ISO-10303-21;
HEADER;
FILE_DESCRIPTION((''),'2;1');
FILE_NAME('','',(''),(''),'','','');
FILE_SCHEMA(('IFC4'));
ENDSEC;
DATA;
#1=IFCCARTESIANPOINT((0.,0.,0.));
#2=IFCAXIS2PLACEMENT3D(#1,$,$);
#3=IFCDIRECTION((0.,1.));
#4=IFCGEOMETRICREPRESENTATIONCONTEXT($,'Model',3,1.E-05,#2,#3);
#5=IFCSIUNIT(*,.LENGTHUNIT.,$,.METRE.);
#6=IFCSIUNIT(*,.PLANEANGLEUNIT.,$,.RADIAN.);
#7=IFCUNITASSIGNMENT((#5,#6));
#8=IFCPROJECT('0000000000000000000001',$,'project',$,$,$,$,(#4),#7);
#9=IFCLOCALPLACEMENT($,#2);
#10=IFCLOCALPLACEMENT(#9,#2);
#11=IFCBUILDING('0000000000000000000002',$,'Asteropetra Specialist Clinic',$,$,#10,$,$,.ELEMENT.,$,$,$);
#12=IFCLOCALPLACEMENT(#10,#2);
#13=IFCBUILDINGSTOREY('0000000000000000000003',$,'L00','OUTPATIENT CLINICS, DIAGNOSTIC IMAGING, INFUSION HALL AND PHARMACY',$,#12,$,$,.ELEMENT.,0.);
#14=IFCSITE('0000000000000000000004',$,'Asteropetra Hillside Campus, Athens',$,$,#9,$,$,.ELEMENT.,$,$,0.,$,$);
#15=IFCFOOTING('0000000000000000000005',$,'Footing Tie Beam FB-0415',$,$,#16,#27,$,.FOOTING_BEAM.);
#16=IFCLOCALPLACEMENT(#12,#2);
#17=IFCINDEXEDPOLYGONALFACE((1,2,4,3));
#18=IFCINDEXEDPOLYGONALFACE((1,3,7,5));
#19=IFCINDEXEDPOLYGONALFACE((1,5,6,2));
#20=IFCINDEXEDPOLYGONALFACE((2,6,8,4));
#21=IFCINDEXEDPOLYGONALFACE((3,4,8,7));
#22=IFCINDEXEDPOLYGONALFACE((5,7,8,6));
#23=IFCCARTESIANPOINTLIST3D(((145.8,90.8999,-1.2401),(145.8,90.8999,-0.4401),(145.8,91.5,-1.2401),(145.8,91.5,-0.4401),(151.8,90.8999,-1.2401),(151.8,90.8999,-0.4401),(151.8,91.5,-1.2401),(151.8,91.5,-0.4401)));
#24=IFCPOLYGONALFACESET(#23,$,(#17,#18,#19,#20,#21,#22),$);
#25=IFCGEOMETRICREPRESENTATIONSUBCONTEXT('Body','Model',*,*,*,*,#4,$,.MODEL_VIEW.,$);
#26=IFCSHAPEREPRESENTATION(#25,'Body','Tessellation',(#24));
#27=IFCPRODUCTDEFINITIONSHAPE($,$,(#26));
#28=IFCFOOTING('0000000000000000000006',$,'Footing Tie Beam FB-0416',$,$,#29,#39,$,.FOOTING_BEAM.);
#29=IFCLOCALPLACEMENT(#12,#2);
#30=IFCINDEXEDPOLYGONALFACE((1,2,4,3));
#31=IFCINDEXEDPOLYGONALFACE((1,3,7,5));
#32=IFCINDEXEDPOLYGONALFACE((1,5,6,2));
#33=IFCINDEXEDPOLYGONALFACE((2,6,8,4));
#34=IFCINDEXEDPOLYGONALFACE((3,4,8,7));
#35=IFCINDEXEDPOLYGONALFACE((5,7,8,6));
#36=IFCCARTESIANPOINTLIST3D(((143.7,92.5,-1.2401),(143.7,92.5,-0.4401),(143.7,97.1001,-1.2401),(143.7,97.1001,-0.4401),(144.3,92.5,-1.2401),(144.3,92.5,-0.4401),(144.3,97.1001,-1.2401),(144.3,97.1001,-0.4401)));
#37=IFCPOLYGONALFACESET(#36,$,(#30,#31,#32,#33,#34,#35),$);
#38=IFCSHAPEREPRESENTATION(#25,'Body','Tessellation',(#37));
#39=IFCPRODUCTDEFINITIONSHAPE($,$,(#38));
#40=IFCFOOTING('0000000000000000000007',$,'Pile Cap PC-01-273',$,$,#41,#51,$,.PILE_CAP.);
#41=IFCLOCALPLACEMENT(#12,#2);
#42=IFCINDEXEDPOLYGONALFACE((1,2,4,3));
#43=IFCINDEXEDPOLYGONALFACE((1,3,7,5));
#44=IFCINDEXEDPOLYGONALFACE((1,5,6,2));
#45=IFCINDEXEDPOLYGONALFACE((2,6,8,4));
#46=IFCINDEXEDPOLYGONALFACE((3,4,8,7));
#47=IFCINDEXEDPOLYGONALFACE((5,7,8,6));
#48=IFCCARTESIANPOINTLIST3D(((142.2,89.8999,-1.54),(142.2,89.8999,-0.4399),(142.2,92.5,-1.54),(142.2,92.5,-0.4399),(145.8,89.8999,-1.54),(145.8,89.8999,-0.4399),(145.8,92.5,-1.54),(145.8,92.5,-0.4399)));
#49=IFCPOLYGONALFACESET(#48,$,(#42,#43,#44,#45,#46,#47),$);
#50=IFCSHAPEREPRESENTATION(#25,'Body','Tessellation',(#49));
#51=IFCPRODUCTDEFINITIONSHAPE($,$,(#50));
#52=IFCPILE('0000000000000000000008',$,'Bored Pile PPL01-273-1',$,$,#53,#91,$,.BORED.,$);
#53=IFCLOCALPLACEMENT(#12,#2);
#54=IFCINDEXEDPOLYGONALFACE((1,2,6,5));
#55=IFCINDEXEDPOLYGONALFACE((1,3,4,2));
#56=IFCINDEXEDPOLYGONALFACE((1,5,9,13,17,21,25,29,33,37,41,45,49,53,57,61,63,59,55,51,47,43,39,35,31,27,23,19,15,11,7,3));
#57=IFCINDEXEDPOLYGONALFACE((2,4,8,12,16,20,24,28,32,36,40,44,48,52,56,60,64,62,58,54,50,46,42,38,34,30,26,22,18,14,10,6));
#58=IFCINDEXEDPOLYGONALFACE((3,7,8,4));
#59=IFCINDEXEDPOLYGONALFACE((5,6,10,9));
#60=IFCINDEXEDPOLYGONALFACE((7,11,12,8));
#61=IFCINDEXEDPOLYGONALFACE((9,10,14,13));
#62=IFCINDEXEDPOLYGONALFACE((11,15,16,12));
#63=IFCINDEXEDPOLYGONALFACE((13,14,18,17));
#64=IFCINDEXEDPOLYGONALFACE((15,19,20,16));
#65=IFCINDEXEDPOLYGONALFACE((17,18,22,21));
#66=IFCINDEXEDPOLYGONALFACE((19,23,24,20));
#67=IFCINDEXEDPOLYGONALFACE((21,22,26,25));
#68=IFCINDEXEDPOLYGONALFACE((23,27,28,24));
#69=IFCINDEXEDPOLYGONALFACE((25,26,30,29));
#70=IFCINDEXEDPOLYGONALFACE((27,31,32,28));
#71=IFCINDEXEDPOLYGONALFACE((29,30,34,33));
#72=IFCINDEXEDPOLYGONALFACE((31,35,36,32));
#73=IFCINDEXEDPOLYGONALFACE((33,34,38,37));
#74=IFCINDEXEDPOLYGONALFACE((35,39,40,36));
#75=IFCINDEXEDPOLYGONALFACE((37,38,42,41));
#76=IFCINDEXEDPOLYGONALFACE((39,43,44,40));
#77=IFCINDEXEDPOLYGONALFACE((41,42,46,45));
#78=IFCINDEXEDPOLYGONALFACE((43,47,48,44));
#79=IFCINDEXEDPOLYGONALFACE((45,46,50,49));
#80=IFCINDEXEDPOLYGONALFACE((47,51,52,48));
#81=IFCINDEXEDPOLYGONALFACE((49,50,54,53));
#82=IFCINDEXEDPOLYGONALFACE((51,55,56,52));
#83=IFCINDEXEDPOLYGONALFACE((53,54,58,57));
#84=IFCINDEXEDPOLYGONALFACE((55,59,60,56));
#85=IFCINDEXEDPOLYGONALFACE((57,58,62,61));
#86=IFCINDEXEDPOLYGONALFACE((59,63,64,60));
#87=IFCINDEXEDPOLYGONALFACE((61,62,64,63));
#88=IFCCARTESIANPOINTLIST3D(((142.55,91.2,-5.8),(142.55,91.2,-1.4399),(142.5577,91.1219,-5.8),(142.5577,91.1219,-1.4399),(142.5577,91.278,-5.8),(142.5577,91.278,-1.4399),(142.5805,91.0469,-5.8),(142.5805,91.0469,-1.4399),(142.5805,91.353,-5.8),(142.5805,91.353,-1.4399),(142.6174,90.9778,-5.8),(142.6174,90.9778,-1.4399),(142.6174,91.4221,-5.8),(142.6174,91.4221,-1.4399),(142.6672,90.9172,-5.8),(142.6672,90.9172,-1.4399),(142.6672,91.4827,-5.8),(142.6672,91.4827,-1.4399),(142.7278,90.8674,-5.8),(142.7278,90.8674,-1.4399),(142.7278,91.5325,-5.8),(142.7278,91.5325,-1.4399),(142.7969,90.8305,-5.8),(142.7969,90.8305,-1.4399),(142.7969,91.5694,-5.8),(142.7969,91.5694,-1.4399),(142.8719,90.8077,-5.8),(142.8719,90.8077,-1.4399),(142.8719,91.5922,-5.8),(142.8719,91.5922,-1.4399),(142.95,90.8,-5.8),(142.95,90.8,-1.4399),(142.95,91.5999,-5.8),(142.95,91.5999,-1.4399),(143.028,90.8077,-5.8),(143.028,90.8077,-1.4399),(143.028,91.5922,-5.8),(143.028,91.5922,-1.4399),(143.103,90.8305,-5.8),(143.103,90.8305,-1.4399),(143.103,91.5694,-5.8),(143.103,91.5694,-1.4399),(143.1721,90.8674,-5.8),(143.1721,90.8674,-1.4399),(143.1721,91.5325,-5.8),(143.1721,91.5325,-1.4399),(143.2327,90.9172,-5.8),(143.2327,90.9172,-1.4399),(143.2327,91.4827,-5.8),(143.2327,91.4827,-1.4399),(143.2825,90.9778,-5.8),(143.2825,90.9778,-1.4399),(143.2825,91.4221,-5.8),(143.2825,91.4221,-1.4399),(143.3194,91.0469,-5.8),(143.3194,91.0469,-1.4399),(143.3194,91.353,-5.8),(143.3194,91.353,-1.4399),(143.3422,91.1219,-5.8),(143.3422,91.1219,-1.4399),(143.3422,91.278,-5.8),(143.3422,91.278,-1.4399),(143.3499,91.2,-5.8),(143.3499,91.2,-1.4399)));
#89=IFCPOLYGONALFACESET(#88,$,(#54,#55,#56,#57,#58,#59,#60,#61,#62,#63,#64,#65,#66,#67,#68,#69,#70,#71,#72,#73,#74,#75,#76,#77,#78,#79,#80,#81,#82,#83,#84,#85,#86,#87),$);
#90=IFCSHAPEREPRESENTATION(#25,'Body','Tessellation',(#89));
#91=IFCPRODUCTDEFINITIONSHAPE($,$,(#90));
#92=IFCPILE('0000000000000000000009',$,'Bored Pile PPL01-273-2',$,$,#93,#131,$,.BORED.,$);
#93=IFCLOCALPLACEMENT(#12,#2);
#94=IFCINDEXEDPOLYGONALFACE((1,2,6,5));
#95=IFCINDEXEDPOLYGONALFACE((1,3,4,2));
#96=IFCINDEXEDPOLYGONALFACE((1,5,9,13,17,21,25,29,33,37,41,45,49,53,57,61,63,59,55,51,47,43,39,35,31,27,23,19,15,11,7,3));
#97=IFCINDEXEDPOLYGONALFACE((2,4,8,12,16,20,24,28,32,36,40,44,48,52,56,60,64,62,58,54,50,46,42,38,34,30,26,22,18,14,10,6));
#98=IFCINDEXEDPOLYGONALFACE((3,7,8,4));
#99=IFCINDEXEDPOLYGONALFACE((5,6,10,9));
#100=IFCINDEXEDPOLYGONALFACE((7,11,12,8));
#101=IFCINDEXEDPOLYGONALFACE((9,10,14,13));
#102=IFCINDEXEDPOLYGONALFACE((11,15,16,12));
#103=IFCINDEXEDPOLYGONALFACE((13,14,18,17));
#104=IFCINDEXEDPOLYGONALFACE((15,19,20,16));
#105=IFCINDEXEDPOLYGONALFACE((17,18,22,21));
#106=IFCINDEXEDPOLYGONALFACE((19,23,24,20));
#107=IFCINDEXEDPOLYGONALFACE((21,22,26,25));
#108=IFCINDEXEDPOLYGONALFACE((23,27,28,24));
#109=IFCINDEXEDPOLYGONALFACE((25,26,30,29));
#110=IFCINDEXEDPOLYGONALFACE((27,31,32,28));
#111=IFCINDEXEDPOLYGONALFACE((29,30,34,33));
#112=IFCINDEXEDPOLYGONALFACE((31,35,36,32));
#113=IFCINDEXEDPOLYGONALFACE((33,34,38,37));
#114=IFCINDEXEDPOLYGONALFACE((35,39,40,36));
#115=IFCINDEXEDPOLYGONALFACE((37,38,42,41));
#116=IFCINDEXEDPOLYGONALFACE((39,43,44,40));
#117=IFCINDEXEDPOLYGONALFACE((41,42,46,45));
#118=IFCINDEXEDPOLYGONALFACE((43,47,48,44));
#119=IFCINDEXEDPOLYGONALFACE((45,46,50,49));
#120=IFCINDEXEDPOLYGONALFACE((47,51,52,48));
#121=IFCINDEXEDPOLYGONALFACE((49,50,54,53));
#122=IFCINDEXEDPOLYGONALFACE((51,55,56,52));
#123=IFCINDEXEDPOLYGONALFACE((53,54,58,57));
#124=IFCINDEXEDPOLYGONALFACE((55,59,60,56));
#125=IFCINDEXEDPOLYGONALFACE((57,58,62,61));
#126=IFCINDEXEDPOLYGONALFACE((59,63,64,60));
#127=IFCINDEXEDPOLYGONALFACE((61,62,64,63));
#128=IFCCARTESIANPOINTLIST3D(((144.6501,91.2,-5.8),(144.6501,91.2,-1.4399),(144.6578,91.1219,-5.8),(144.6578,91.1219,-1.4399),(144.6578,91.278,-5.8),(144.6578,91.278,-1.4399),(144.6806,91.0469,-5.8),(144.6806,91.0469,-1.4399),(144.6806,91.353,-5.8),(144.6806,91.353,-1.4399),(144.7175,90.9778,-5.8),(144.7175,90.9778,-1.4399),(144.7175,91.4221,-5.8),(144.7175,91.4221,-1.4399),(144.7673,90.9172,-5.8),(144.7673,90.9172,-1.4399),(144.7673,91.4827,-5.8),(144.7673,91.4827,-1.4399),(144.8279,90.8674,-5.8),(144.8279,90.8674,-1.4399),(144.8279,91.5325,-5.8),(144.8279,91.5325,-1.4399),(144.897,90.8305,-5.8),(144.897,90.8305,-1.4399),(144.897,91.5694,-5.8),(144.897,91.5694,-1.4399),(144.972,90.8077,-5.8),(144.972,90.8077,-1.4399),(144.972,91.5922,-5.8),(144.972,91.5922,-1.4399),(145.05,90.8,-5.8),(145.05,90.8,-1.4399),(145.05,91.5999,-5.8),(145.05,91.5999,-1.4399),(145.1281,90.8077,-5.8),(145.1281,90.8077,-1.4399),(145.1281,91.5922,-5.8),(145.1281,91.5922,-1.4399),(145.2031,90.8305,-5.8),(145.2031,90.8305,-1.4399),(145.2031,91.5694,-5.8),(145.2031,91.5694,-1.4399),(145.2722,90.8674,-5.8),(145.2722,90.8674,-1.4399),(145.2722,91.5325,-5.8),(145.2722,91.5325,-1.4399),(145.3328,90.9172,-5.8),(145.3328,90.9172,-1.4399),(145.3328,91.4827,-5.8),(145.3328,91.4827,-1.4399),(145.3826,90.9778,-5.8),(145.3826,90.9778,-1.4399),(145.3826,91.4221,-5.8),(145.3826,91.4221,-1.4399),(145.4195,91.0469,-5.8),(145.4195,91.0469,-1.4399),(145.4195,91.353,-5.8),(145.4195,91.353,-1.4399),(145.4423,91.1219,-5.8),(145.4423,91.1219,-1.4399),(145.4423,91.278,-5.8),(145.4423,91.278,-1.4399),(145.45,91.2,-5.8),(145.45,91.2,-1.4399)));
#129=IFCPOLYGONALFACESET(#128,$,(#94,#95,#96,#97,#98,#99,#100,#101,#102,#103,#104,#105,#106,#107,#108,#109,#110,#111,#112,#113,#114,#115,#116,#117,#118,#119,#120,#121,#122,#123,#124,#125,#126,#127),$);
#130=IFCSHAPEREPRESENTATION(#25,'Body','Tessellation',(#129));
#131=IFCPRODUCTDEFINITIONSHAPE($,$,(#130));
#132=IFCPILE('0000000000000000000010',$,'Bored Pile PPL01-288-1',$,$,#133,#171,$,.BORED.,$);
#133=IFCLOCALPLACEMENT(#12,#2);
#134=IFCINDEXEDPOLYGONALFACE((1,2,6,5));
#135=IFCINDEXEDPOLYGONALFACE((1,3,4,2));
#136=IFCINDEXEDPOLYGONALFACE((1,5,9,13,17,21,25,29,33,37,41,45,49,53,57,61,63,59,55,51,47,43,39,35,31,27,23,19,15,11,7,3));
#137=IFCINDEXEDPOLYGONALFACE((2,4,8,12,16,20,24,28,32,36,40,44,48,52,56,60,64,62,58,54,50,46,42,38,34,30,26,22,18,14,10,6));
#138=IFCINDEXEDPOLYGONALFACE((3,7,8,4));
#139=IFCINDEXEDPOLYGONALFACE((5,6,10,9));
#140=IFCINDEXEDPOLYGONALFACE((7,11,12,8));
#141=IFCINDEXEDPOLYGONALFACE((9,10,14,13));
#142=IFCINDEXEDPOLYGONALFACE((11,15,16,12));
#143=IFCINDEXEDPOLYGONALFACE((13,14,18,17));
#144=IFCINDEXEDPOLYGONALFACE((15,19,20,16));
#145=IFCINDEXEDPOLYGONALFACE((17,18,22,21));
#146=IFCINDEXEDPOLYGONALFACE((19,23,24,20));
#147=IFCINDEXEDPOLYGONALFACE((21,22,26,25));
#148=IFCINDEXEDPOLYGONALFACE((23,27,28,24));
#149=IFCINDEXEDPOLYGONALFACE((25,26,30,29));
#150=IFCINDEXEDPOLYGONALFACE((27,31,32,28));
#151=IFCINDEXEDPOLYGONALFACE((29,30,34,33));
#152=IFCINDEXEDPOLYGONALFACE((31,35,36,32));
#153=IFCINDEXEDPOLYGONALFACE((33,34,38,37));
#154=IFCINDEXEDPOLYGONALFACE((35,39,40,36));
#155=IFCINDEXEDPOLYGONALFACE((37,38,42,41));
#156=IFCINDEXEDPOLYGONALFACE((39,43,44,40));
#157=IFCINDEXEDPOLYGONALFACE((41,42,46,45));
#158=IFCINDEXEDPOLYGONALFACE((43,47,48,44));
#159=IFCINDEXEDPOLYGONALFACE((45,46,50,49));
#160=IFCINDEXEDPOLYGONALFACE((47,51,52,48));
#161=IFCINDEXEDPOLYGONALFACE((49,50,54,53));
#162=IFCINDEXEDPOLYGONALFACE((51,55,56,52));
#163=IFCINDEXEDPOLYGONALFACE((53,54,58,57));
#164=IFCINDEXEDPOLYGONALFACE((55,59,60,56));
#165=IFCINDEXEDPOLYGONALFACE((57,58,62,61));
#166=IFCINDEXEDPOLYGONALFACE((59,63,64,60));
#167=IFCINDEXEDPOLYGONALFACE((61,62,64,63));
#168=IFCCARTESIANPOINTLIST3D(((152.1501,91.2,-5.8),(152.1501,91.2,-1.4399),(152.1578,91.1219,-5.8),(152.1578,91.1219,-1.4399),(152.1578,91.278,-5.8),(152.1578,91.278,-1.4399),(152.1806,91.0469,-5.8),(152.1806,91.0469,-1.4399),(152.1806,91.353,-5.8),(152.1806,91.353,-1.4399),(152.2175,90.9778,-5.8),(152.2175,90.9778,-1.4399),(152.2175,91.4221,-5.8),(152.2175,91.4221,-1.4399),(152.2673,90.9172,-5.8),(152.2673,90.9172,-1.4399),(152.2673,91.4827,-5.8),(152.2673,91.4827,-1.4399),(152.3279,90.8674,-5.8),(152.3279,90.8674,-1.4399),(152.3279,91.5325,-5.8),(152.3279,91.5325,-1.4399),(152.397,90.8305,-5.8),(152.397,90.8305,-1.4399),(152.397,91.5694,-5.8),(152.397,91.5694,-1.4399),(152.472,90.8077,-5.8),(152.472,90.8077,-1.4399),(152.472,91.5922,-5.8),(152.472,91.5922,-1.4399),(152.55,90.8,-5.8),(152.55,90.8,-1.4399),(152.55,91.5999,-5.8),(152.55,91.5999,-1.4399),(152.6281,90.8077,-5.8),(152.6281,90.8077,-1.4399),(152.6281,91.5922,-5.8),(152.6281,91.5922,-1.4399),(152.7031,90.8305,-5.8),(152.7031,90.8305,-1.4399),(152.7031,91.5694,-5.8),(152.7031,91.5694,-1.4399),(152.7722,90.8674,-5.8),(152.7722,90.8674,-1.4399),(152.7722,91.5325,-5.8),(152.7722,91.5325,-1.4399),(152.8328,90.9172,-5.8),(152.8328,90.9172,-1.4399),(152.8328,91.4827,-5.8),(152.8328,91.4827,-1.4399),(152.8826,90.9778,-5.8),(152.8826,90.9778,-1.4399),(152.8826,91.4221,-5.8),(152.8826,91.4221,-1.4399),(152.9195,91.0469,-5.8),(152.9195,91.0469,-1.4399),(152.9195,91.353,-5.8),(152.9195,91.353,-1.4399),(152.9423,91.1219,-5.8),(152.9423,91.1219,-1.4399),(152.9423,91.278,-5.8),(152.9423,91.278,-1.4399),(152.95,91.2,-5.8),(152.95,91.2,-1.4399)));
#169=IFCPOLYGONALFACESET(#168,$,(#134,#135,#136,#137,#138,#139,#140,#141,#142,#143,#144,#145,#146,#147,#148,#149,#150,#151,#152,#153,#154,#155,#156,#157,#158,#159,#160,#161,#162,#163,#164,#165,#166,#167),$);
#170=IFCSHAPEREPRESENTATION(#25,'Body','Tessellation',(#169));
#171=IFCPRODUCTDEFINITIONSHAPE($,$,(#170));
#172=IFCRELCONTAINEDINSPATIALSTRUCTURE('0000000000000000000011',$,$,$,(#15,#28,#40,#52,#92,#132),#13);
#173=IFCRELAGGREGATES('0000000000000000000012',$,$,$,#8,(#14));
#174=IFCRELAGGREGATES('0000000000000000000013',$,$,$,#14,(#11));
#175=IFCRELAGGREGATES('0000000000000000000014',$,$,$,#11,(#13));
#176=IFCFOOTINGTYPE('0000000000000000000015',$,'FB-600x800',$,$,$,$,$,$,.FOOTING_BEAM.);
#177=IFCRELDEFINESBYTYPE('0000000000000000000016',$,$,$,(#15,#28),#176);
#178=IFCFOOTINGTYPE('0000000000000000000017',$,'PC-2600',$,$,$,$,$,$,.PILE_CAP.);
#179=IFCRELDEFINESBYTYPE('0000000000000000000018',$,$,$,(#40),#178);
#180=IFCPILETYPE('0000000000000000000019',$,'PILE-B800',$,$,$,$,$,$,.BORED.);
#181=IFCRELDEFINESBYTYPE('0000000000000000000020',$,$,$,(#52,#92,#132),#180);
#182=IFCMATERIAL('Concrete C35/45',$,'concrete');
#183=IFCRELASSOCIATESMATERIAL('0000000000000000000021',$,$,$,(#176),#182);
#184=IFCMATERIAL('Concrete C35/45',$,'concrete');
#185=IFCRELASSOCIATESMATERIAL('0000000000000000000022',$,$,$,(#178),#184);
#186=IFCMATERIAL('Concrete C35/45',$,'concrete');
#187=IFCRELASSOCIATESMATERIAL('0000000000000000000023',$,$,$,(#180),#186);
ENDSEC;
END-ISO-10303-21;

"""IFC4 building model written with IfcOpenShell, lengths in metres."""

from ifc_helpers import new_model, si_unit, direction, frame, origin, origin_2d, place, context, subcontext, project, spatial, rectangle, circle, extrude, material, material_profile, profile_set, type_object, element, save


model = new_model("IFC4")

# Units and contexts
model_context = context("Model", 3, precision=1e-05, world=origin(), true_north=direction((0.0, 1.0)))
body_context = subcontext(model_context, "Body", "Model", "MODEL_VIEW")
ifc_project = project(units=[si_unit("LENGTHUNIT", "METRE"), si_unit("PLANEANGLEUNIT", "RADIAN")], contexts=[model_context])

# Site, building, storey
site_placement = place(None, origin())
site = spatial("IfcSite", under=ifc_project, at=site_placement, Name="Asteropetra Hillside Campus, Athens", CompositionType="ELEMENT", RefElevation=0.0)
building_placement = place(site_placement, origin())
building = spatial("IfcBuilding", under=site, at=building_placement, Name="Asteropetra Specialist Clinic", CompositionType="ELEMENT")
storey_placement = place(building_placement, origin())
storey = spatial("IfcBuildingStorey", under=building, at=storey_placement, Name="L00", Description="OUTPATIENT CLINICS, DIAGNOSTIC IMAGING, INFUSION HALL AND PHARMACY", CompositionType="ELEMENT", Elevation=0.0)

# Footings
ifc_material_1 = material(Name="Concrete C35/45", Category="concrete")
ifc_material_profile_1 = material_profile(ifc_material_1, rectangle(XDim=0.6001, YDim=0.8, at=origin_2d()), Name="FB 600x800")
ifc_profile_set_1 = profile_set([ifc_material_profile_1], Name="Concrete C35/45")
footing_type_1 = type_object("IfcFootingType", Name="FB-600x800", PredefinedType="FOOTING_BEAM", material=ifc_profile_set_1)
footing_1_placement = place(storey_placement, frame((145.8, 91.2, -0.8401), z_axis=(1.0, 0.0, 0.0), x_axis=(0.0, 1.0, 0.0)))
element("IfcFooting", 1, at=footing_1_placement, inside=storey, type_object=footing_type_1, Name="Footing Tie Beam FB-0415", PredefinedType="FOOTING_BEAM", context=body_context, shape_type="SweptSolid", body=[
    extrude(rectangle(XDim=0.6001, YDim=0.8, at=origin_2d()), origin(), (0.0, 0.0, 1.0), 6.0),
])
footing_2_placement = place(storey_placement, frame((144.0, 92.5, -0.8401), z_axis=(0.0, 1.0, 0.0), x_axis=(-1.0, 0.0, 0.0)))
element("IfcFooting", 2, at=footing_2_placement, inside=storey, type_object=footing_type_1, Name="Footing Tie Beam FB-0416", PredefinedType="FOOTING_BEAM", context=body_context, shape_type="SweptSolid", body=[
    extrude(rectangle(XDim=0.6001, YDim=0.8, at=origin_2d()), origin(), (0.0, 0.0, 1.0), 4.6001),
])
ifc_material_2 = material(Name="Concrete C35/45", Category="concrete")
footing_type_2 = type_object("IfcFootingType", Name="PC-2600", PredefinedType="PILE_CAP", material=ifc_material_2)
footing_3_placement = place(storey_placement, frame((144.0, 91.2, -1.54), z_axis=(0.0, 0.0, 1.0), x_axis=(1.0, 0.0, 0.0)))
element("IfcFooting", 3, at=footing_3_placement, inside=storey, type_object=footing_type_2, Name="Pile Cap PC-01-273", PredefinedType="PILE_CAP", context=body_context, shape_type="SweptSolid", body=[
    extrude(rectangle(XDim=3.6001, YDim=2.6001, at=origin_2d()), origin(), (0.0, 0.0, 1.0), 1.1001),
])

# Piles
ifc_material_3 = material(Name="Concrete C35/45", Category="concrete")
ifc_material_profile_2 = material_profile(ifc_material_3, circle(Radius=0.3999, at=origin_2d()), Name="PILE D800")
ifc_profile_set_2 = profile_set([ifc_material_profile_2], Name="Concrete C35/45")
pile_type = type_object("IfcPileType", Name="PILE-B800", PredefinedType="BORED", material=ifc_profile_set_2)
for number, where, z_axis, x_axis, name in (
    (4, (142.95, 91.2, -1.4399), (0.0, 0.0, -1.0), (1.0, 0.0, 0.0), "Bored Pile PPL01-273-1"),
    (5, (145.05, 91.2, -1.4399), (0.0, 0.0, -1.0), (1.0, 0.0, 0.0), "Bored Pile PPL01-273-2"),
    (6, (152.55, 91.2, -1.4399), (0.0, 0.0, -1.0), (1.0, 0.0, 0.0), "Bored Pile PPL01-288-1"),
):
    element("IfcPile", number, at=place(storey_placement, frame(where, z_axis=z_axis, x_axis=x_axis)), inside=storey, type_object=pile_type, Name=name, PredefinedType="BORED", context=body_context, shape_type="SweptSolid", body=[
        extrude(circle(Radius=0.3999, at=origin_2d()), origin(), (0.0, 0.0, 1.0), 4.3601),
    ])

save(model, "model.ifc")
